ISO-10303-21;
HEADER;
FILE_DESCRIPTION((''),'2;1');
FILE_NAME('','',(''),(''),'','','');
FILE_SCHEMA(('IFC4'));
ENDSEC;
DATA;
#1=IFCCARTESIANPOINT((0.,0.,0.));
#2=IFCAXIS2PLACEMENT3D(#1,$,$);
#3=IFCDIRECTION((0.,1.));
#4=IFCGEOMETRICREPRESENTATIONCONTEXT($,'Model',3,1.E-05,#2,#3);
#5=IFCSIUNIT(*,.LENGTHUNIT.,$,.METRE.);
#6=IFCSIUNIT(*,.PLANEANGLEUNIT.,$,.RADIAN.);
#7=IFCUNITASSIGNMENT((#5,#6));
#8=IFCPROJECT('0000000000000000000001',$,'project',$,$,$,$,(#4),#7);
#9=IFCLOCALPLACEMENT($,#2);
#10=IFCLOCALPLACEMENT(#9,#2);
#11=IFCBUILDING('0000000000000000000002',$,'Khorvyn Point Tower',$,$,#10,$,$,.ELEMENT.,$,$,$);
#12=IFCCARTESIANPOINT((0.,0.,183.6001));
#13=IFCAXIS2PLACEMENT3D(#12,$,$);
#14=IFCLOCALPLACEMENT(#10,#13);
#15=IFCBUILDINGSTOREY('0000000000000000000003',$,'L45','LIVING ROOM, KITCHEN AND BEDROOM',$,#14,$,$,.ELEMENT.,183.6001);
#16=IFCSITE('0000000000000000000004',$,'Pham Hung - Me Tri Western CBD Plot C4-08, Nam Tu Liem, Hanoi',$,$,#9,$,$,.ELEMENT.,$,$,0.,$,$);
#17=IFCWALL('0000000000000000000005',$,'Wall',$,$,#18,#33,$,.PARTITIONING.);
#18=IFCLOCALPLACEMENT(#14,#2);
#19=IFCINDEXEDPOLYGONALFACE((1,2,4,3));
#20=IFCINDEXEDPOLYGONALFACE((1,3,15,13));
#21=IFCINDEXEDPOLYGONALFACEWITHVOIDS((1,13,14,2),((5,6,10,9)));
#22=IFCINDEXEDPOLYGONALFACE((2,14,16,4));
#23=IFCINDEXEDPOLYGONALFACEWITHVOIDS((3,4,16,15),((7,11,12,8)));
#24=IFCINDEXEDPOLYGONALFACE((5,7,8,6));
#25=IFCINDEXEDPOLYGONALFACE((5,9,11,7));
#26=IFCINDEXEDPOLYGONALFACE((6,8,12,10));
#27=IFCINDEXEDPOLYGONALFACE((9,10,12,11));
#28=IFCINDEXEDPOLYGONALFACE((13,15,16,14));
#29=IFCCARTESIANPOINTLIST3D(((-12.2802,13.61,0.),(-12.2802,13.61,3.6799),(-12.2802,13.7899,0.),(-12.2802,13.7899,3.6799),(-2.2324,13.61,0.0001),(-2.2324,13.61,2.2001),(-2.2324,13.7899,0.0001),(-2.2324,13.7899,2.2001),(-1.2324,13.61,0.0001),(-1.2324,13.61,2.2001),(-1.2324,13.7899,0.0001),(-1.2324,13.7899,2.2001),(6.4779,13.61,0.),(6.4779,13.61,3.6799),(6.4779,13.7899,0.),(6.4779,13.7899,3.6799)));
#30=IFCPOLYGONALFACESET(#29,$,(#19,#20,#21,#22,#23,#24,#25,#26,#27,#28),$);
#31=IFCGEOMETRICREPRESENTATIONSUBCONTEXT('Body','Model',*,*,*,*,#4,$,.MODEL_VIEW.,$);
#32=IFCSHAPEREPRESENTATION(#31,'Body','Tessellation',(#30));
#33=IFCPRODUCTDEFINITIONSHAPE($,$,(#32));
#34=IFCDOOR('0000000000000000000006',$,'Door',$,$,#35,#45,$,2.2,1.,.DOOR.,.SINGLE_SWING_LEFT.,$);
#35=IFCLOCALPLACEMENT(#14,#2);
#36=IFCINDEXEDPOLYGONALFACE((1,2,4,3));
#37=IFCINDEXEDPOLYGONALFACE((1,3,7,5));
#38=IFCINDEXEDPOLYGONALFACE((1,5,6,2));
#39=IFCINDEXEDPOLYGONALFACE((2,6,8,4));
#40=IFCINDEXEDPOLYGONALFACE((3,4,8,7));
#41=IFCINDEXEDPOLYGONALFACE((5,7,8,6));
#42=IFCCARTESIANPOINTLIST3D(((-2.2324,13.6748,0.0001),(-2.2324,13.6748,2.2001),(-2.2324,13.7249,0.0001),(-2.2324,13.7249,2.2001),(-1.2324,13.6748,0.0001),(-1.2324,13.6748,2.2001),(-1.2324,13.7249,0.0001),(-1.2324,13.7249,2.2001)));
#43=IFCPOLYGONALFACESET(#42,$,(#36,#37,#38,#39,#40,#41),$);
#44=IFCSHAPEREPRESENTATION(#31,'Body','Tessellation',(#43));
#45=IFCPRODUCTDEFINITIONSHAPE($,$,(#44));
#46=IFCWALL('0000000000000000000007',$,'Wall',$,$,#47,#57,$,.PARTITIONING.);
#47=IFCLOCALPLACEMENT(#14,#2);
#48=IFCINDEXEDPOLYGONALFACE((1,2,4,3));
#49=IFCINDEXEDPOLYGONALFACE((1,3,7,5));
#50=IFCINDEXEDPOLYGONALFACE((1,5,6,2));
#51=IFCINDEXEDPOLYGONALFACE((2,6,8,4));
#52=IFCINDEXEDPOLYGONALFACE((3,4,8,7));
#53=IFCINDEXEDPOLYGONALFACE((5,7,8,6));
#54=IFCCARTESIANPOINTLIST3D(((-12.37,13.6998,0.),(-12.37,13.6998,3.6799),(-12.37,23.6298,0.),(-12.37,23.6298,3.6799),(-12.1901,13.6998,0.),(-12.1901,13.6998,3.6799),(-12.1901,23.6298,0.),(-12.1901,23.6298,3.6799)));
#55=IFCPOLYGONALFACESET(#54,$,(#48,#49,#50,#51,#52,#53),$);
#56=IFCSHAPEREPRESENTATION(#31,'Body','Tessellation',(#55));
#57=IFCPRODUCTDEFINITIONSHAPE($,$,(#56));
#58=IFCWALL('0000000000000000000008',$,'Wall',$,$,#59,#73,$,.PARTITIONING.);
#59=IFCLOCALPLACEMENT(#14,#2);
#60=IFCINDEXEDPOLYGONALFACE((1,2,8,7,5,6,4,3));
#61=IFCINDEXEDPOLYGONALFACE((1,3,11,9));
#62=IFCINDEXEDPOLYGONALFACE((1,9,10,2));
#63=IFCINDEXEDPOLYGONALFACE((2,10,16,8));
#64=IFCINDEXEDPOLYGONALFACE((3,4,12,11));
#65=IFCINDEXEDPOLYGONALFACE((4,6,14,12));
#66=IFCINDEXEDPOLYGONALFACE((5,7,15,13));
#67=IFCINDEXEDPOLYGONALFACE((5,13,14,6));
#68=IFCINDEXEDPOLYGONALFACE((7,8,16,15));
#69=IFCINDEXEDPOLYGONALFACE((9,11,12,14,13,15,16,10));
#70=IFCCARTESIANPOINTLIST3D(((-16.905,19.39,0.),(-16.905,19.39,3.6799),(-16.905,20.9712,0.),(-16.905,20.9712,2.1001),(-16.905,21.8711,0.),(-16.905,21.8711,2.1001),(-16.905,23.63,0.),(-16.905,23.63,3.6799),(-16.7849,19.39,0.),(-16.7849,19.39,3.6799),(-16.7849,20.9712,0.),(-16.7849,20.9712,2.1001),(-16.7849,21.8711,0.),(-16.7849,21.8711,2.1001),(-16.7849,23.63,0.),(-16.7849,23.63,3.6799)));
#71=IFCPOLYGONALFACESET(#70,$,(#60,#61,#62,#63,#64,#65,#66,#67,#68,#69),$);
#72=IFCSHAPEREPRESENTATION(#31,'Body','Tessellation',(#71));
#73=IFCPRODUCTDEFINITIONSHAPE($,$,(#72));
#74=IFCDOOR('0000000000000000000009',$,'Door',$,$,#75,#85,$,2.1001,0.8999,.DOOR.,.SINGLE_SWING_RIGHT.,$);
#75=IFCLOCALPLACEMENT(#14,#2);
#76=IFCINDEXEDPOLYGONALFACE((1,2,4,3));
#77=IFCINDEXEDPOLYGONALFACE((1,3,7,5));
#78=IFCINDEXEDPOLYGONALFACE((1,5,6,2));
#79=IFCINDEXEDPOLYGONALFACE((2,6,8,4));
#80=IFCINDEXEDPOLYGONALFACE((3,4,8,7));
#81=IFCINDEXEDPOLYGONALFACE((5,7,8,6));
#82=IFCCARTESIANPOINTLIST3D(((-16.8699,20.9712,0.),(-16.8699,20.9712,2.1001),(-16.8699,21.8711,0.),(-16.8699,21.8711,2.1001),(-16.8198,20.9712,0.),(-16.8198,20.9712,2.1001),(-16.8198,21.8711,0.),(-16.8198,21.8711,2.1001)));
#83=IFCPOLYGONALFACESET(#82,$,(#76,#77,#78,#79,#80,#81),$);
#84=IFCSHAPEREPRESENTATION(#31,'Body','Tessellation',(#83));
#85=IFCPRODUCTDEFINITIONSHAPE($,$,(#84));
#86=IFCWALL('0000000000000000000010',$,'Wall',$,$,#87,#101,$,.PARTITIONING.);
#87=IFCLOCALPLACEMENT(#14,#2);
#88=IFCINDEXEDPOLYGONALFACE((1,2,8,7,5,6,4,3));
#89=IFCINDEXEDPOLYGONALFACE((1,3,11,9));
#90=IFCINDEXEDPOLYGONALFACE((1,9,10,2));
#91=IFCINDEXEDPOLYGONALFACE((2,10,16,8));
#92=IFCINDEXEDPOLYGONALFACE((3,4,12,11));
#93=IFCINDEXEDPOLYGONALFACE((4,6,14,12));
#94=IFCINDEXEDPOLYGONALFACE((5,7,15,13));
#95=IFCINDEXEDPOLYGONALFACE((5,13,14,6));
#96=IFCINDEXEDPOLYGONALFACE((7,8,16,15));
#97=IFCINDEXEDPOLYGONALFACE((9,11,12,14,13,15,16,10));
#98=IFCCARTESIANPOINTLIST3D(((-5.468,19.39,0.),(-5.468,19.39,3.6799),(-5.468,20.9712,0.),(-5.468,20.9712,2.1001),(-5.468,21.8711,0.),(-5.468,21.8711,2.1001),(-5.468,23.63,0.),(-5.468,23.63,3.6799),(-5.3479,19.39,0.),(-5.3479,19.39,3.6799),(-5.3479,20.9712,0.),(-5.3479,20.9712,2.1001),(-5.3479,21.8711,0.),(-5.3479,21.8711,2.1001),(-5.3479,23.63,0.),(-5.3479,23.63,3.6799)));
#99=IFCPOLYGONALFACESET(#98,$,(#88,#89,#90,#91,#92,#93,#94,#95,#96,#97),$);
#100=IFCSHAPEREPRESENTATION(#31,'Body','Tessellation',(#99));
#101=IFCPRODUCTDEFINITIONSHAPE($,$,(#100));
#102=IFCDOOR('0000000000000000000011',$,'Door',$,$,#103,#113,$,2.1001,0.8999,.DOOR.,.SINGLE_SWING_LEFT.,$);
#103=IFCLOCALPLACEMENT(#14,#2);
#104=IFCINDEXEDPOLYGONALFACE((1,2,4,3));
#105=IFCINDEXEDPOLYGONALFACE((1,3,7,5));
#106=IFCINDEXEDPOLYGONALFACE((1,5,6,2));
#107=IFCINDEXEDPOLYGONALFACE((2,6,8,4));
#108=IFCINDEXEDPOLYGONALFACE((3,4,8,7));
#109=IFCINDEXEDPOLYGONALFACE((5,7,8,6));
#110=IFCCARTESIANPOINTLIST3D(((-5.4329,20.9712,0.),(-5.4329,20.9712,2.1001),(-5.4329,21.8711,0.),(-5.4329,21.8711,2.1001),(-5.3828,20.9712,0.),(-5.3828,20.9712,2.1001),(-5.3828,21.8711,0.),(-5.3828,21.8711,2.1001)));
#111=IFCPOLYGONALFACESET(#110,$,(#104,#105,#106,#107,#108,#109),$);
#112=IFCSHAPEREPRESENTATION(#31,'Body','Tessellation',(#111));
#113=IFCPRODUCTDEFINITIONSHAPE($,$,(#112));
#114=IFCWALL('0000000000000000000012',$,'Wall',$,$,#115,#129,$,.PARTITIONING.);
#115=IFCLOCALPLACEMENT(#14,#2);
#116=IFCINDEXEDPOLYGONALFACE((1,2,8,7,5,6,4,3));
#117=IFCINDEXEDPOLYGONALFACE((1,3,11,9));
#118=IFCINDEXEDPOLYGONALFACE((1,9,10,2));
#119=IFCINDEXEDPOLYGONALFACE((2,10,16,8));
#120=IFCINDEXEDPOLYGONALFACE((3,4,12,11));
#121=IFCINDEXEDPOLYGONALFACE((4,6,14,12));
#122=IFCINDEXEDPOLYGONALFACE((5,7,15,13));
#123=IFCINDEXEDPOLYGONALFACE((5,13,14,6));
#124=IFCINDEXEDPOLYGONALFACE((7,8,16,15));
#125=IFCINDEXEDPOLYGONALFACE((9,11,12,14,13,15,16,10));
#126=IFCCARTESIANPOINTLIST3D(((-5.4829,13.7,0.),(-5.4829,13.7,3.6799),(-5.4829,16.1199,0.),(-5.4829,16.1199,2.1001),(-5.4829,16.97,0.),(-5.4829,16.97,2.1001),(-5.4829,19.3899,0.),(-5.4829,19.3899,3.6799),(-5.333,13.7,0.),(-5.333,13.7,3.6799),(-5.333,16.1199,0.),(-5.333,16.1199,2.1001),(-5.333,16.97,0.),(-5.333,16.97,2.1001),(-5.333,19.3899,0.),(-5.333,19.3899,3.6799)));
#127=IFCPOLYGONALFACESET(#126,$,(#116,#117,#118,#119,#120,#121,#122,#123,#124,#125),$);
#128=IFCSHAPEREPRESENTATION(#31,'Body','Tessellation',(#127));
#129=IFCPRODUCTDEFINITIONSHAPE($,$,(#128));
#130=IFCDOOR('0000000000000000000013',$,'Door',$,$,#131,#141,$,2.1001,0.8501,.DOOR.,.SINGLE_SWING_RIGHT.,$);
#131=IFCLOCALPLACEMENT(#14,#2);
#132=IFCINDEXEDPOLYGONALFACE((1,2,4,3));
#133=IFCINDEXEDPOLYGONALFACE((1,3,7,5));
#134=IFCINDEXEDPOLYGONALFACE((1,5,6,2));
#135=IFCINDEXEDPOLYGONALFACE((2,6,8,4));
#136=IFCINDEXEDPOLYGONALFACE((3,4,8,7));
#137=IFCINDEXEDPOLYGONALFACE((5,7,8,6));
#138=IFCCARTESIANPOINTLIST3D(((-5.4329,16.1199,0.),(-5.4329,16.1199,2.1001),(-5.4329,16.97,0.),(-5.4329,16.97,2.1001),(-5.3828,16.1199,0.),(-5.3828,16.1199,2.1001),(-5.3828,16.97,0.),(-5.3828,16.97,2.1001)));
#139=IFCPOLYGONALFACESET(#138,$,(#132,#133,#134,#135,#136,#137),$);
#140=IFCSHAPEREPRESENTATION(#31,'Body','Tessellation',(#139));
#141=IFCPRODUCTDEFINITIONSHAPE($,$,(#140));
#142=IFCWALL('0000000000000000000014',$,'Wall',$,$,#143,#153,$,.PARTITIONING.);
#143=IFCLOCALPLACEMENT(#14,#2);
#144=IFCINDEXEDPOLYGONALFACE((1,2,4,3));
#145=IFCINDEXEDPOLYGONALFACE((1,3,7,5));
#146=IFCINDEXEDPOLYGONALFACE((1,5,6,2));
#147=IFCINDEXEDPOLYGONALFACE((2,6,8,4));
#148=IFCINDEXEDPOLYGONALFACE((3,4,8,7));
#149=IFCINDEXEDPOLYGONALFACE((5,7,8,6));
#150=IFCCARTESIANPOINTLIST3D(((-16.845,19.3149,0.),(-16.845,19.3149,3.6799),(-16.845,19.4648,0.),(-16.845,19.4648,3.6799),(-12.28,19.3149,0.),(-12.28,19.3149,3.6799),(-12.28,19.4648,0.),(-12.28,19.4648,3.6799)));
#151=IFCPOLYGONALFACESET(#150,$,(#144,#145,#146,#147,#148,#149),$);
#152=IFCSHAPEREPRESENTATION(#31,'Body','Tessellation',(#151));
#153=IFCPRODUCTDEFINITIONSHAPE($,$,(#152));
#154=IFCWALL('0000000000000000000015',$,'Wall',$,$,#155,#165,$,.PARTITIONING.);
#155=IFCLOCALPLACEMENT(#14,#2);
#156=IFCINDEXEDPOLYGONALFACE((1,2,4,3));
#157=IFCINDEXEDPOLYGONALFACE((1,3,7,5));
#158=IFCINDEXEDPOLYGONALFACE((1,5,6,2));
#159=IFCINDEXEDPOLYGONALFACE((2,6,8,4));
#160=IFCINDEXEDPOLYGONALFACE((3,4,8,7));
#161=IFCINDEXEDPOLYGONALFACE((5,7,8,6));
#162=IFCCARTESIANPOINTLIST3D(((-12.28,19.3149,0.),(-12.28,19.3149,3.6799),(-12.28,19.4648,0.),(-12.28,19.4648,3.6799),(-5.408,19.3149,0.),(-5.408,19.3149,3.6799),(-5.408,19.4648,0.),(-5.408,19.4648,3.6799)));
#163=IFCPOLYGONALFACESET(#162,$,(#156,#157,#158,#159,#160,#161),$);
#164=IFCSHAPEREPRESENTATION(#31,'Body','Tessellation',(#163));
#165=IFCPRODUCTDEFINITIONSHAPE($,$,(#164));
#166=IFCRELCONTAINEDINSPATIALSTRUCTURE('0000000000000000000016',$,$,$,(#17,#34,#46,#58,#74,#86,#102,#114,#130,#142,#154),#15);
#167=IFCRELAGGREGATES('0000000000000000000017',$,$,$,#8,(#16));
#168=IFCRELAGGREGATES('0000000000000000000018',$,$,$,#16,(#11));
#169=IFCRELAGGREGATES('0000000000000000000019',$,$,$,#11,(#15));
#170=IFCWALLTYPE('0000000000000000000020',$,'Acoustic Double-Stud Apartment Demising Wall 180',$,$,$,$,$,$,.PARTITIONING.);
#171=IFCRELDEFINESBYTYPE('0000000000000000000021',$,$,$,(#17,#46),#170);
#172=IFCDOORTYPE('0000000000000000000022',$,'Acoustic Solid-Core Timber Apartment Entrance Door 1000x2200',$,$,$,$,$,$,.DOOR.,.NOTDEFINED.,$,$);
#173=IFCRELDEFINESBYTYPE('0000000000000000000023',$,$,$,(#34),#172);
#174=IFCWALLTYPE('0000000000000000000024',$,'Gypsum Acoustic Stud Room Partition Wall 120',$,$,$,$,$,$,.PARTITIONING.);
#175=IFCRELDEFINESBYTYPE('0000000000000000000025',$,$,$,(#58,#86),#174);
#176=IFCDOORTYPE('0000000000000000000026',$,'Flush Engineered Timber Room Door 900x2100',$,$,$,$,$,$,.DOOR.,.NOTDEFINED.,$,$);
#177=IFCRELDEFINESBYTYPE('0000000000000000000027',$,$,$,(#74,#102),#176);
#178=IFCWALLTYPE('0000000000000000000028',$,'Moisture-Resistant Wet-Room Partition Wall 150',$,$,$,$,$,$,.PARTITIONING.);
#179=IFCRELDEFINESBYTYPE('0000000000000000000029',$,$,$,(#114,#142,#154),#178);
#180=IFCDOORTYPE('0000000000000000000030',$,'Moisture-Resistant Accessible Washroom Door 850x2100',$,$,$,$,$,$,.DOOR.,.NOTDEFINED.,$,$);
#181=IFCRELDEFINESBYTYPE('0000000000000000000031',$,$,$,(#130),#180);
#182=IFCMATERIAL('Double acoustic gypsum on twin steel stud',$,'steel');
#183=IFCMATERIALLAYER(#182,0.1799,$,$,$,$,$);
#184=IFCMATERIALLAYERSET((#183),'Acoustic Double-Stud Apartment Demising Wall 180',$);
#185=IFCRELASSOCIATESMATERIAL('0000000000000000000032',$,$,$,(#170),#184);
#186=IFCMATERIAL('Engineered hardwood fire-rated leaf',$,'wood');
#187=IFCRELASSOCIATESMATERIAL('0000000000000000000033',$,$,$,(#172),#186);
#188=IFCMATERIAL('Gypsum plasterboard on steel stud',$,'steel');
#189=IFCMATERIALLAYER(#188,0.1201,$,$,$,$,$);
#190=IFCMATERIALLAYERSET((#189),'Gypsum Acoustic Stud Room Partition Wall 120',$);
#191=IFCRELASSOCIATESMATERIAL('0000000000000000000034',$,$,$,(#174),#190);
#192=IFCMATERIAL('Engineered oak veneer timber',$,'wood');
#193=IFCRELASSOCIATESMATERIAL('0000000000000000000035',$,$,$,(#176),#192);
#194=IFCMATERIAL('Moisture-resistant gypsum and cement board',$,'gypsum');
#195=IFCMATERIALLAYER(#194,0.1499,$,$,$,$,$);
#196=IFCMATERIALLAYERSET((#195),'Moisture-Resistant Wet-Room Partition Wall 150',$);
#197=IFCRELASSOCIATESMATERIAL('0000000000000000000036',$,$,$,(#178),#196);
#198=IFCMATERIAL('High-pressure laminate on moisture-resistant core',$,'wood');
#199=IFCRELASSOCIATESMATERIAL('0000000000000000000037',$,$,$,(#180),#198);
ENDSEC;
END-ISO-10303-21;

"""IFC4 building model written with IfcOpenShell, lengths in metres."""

from ifc_helpers import new_model, si_unit, direction, frame, frame_2d, origin, place, context, subcontext, project, spatial, rectangle, extrude, material, layer, layer_set, type_object, element, fill, save


model = new_model("IFC4")

# Units and contexts
model_context = context("Model", 3, precision=1e-05, world=origin(), true_north=direction((0.0, 1.0)))
body_context = subcontext(model_context, "Body", "Model", "MODEL_VIEW")
ifc_project = project(units=[si_unit("LENGTHUNIT", "METRE"), si_unit("PLANEANGLEUNIT", "RADIAN")], contexts=[model_context])

# Site, building, storey
site_placement = place(None, origin())
site = spatial("IfcSite", under=ifc_project, at=site_placement, Name="Pham Hung - Me Tri Western CBD Plot C4-08, Nam Tu Liem, Hanoi", CompositionType="ELEMENT", RefElevation=0.0)
building_placement = place(site_placement, origin())
building = spatial("IfcBuilding", under=site, at=building_placement, Name="Khorvyn Point Tower", CompositionType="ELEMENT")
storey_placement = place(building_placement, frame((0.0, 0.0, 183.6001)))
storey = spatial("IfcBuildingStorey", under=building, at=storey_placement, Name="L45", Description="LIVING ROOM, KITCHEN AND BEDROOM", CompositionType="ELEMENT", Elevation=183.6001)

# Wall, opening, door
ifc_material_1 = material(Name="Double acoustic gypsum on twin steel stud", Category="steel")
ifc_layer_1 = layer(ifc_material_1, 0.1799)
ifc_layer_set_1 = layer_set([ifc_layer_1], Name="Acoustic Double-Stud Apartment Demising Wall 180")
wall_type_1 = type_object("IfcWallType", Name="Acoustic Double-Stud Apartment Demising Wall 180", PredefinedType="PARTITIONING", material=ifc_layer_set_1)
wall_1_placement = place(storey_placement, frame((-12.28, 13.7, 0.0), z_axis=(0.0, 0.0, 1.0), x_axis=(1.0, 0.0, 0.0)))
wall_1 = element("IfcWall", 1, at=wall_1_placement, inside=storey, type_object=wall_type_1, Name="Wall", PredefinedType="PARTITIONING", context=body_context, shape_type="SweptSolid", body=[
    extrude(rectangle(XDim=18.7581, YDim=0.1799, at=frame_2d((9.3789, 0.0))), origin(), (0.0, 0.0, 1.0), 3.6799),
])
opening_1_placement = place(wall_1_placement, frame((10.0476, 0.0, 0.0)))
opening_1 = element("IfcOpeningElement", 2, at=opening_1_placement, cuts=wall_1, PredefinedType="OPENING", context=body_context, shape_type="SweptSolid", body=[
    extrude(rectangle(XDim=1.0, YDim=2.2, at=frame_2d((0.5, 1.1001))), frame((0.0, 0.0999, 0.0), z_axis=(0.0, -1.0, 0.0), x_axis=(1.0, 0.0, 0.0)), (0.0, 0.0, 1.0), 0.2),
])
ifc_material_2 = material(Name="Engineered hardwood fire-rated leaf", Category="wood")
door_type_1 = type_object("IfcDoorType", Name="Acoustic Solid-Core Timber Apartment Entrance Door 1000x2200", OperationType="NOTDEFINED", PredefinedType="DOOR", material=ifc_material_2)
door_1_placement = place(opening_1_placement, origin())
door_1 = element("IfcDoor", 3, at=door_1_placement, inside=storey, type_object=door_type_1, Name="Door", OperationType="SINGLE_SWING_LEFT", OverallHeight=2.2, OverallWidth=1.0, PredefinedType="DOOR", context=body_context, shape_type="SweptSolid", body=[
    extrude(rectangle(XDim=1.0, YDim=2.2, at=frame_2d((0.5, 1.1001))), frame((0.0, 0.0249, 0.0), z_axis=(0.0, -1.0, 0.0), x_axis=(1.0, 0.0, 0.0)), (0.0, 0.0, 1.0), 0.05),
])
fill(opening_1, door_1)

# Wall
wall_2_placement = place(storey_placement, frame((-12.28, 13.7, 0.0), z_axis=(0.0, 0.0, 1.0), x_axis=(0.0, 1.0, 0.0)))
element("IfcWall", 4, at=wall_2_placement, inside=storey, type_object=wall_type_1, Name="Wall", PredefinedType="PARTITIONING", context=body_context, shape_type="SweptSolid", body=[
    extrude(rectangle(XDim=9.9299, YDim=0.1799, at=frame_2d((4.9648, 0.0))), origin(), (0.0, 0.0, 1.0), 3.6799),
])

# Walls, openings, doors
ifc_material_3 = material(Name="Gypsum plasterboard on steel stud", Category="steel")
ifc_layer_2 = layer(ifc_material_3, 0.1201)
ifc_layer_set_2 = layer_set([ifc_layer_2], Name="Gypsum Acoustic Stud Room Partition Wall 120")
wall_type_2 = type_object("IfcWallType", Name="Gypsum Acoustic Stud Room Partition Wall 120", PredefinedType="PARTITIONING", material=ifc_layer_set_2)
wall_3_placement = place(storey_placement, frame((-16.845, 19.3899, 0.0), z_axis=(0.0, 0.0, 1.0), x_axis=(0.0, 1.0, 0.0)))
wall_3 = element("IfcWall", 5, at=wall_3_placement, inside=storey, type_object=wall_type_2, Name="Wall", PredefinedType="PARTITIONING", context=body_context, shape_type="SweptSolid", body=[
    extrude(rectangle(XDim=4.24, YDim=0.1201, at=frame_2d((2.1201, 0.0))), origin(), (0.0, 0.0, 1.0), 3.6799),
])
opening_2_placement = place(wall_3_placement, frame((1.5813, 0.0, 0.0)))
opening_2 = element("IfcOpeningElement", 6, at=opening_2_placement, cuts=wall_3, PredefinedType="OPENING", context=body_context, shape_type="SweptSolid", body=[
    extrude(rectangle(XDim=0.8999, YDim=2.1001, at=frame_2d((0.45, 1.05))), frame((0.0, 0.0701, 0.0), z_axis=(0.0, -1.0, 0.0), x_axis=(1.0, 0.0, 0.0)), (0.0, 0.0, 1.0), 0.1401),
])
ifc_material_4 = material(Name="Engineered oak veneer timber", Category="wood")
door_type_2 = type_object("IfcDoorType", Name="Flush Engineered Timber Room Door 900x2100", OperationType="NOTDEFINED", PredefinedType="DOOR", material=ifc_material_4)
door_2_placement = place(opening_2_placement, origin())
door_2 = element("IfcDoor", 7, at=door_2_placement, inside=storey, type_object=door_type_2, Name="Door", OperationType="SINGLE_SWING_RIGHT", OverallHeight=2.1001, OverallWidth=0.8999, PredefinedType="DOOR", context=body_context, shape_type="SweptSolid", body=[
    extrude(rectangle(XDim=0.8999, YDim=2.1001, at=frame_2d((0.45, 1.05))), frame((0.0, 0.0249, 0.0), z_axis=(0.0, -1.0, 0.0), x_axis=(1.0, 0.0, 0.0)), (0.0, 0.0, 1.0), 0.05),
])
fill(opening_2, door_2)
wall_4_placement = place(storey_placement, frame((-5.408, 19.3899, 0.0), z_axis=(0.0, 0.0, 1.0), x_axis=(0.0, 1.0, 0.0)))
wall_4 = element("IfcWall", 8, at=wall_4_placement, inside=storey, type_object=wall_type_2, Name="Wall", PredefinedType="PARTITIONING", context=body_context, shape_type="SweptSolid", body=[
    extrude(rectangle(XDim=4.24, YDim=0.1201, at=frame_2d((2.1201, 0.0))), origin(), (0.0, 0.0, 1.0), 3.6799),
])
opening_3_placement = place(wall_4_placement, frame((1.5813, 0.0, 0.0)))
opening_3 = element("IfcOpeningElement", 9, at=opening_3_placement, cuts=wall_4, PredefinedType="OPENING", context=body_context, shape_type="SweptSolid", body=[
    extrude(rectangle(XDim=0.8999, YDim=2.1001, at=frame_2d((0.45, 1.05))), frame((0.0, 0.0701, 0.0), z_axis=(0.0, -1.0, 0.0), x_axis=(1.0, 0.0, 0.0)), (0.0, 0.0, 1.0), 0.1401),
])
door_3_placement = place(opening_3_placement, origin())
door_3 = element("IfcDoor", 10, at=door_3_placement, inside=storey, type_object=door_type_2, Name="Door", OperationType="SINGLE_SWING_LEFT", OverallHeight=2.1001, OverallWidth=0.8999, PredefinedType="DOOR", context=body_context, shape_type="SweptSolid", body=[
    extrude(rectangle(XDim=0.8999, YDim=2.1001, at=frame_2d((0.45, 1.05))), frame((0.0, 0.0249, 0.0), z_axis=(0.0, -1.0, 0.0), x_axis=(1.0, 0.0, 0.0)), (0.0, 0.0, 1.0), 0.05),
])
fill(opening_3, door_3)
ifc_material_5 = material(Name="Moisture-resistant gypsum and cement board", Category="gypsum")
ifc_layer_3 = layer(ifc_material_5, 0.1499)
ifc_layer_set_3 = layer_set([ifc_layer_3], Name="Moisture-Resistant Wet-Room Partition Wall 150")
wall_type_3 = type_object("IfcWallType", Name="Moisture-Resistant Wet-Room Partition Wall 150", PredefinedType="PARTITIONING", material=ifc_layer_set_3)
wall_5_placement = place(storey_placement, frame((-5.408, 13.7, 0.0), z_axis=(0.0, 0.0, 1.0), x_axis=(0.0, 1.0, 0.0)))
wall_5 = element("IfcWall", 11, at=wall_5_placement, inside=storey, type_object=wall_type_3, Name="Wall", PredefinedType="PARTITIONING", context=body_context, shape_type="SweptSolid", body=[
    extrude(rectangle(XDim=5.6899, YDim=0.1499, at=frame_2d((2.845, 0.0))), origin(), (0.0, 0.0, 1.0), 3.6799),
])
opening_4_placement = place(wall_5_placement, frame((2.4199, 0.0, 0.0)))
opening_4 = element("IfcOpeningElement", 12, at=opening_4_placement, cuts=wall_5, PredefinedType="OPENING", context=body_context, shape_type="SweptSolid", body=[
    extrude(rectangle(XDim=0.8501, YDim=2.1001, at=frame_2d((0.425, 1.05))), frame((0.0, 0.085, 0.0), z_axis=(0.0, -1.0, 0.0), x_axis=(1.0, 0.0, 0.0)), (0.0, 0.0, 1.0), 0.1699),
])
ifc_material_6 = material(Name="High-pressure laminate on moisture-resistant core", Category="wood")
door_type_3 = type_object("IfcDoorType", Name="Moisture-Resistant Accessible Washroom Door 850x2100", OperationType="NOTDEFINED", PredefinedType="DOOR", material=ifc_material_6)
door_4_placement = place(opening_4_placement, origin())
door_4 = element("IfcDoor", 13, at=door_4_placement, inside=storey, type_object=door_type_3, Name="Door", OperationType="SINGLE_SWING_RIGHT", OverallHeight=2.1001, OverallWidth=0.8501, PredefinedType="DOOR", context=body_context, shape_type="SweptSolid", body=[
    extrude(rectangle(XDim=0.8501, YDim=2.1001, at=frame_2d((0.425, 1.05))), frame((0.0, 0.0249, 0.0), z_axis=(0.0, -1.0, 0.0), x_axis=(1.0, 0.0, 0.0)), (0.0, 0.0, 1.0), 0.05),
])
fill(opening_4, door_4)

# Walls
wall_6_placement = place(storey_placement, frame((-16.845, 19.3899, 0.0), z_axis=(0.0, 0.0, 1.0), x_axis=(1.0, 0.0, 0.0)))
element("IfcWall", 14, at=wall_6_placement, inside=storey, type_object=wall_type_3, Name="Wall", PredefinedType="PARTITIONING", context=body_context, shape_type="SweptSolid", body=[
    extrude(rectangle(XDim=4.5649, YDim=0.1499, at=frame_2d((2.2825, 0.0))), origin(), (0.0, 0.0, 1.0), 3.6799),
])
wall_7_placement = place(storey_placement, frame((-12.28, 19.3899, 0.0), z_axis=(0.0, 0.0, 1.0), x_axis=(1.0, 0.0, 0.0)))
element("IfcWall", 15, at=wall_7_placement, inside=storey, type_object=wall_type_3, Name="Wall", PredefinedType="PARTITIONING", context=body_context, shape_type="SweptSolid", body=[
    extrude(rectangle(XDim=6.8721, YDim=0.1499, at=frame_2d((3.436, 0.0))), origin(), (0.0, 0.0, 1.0), 3.6799),
])

save(model, "model.ifc")
